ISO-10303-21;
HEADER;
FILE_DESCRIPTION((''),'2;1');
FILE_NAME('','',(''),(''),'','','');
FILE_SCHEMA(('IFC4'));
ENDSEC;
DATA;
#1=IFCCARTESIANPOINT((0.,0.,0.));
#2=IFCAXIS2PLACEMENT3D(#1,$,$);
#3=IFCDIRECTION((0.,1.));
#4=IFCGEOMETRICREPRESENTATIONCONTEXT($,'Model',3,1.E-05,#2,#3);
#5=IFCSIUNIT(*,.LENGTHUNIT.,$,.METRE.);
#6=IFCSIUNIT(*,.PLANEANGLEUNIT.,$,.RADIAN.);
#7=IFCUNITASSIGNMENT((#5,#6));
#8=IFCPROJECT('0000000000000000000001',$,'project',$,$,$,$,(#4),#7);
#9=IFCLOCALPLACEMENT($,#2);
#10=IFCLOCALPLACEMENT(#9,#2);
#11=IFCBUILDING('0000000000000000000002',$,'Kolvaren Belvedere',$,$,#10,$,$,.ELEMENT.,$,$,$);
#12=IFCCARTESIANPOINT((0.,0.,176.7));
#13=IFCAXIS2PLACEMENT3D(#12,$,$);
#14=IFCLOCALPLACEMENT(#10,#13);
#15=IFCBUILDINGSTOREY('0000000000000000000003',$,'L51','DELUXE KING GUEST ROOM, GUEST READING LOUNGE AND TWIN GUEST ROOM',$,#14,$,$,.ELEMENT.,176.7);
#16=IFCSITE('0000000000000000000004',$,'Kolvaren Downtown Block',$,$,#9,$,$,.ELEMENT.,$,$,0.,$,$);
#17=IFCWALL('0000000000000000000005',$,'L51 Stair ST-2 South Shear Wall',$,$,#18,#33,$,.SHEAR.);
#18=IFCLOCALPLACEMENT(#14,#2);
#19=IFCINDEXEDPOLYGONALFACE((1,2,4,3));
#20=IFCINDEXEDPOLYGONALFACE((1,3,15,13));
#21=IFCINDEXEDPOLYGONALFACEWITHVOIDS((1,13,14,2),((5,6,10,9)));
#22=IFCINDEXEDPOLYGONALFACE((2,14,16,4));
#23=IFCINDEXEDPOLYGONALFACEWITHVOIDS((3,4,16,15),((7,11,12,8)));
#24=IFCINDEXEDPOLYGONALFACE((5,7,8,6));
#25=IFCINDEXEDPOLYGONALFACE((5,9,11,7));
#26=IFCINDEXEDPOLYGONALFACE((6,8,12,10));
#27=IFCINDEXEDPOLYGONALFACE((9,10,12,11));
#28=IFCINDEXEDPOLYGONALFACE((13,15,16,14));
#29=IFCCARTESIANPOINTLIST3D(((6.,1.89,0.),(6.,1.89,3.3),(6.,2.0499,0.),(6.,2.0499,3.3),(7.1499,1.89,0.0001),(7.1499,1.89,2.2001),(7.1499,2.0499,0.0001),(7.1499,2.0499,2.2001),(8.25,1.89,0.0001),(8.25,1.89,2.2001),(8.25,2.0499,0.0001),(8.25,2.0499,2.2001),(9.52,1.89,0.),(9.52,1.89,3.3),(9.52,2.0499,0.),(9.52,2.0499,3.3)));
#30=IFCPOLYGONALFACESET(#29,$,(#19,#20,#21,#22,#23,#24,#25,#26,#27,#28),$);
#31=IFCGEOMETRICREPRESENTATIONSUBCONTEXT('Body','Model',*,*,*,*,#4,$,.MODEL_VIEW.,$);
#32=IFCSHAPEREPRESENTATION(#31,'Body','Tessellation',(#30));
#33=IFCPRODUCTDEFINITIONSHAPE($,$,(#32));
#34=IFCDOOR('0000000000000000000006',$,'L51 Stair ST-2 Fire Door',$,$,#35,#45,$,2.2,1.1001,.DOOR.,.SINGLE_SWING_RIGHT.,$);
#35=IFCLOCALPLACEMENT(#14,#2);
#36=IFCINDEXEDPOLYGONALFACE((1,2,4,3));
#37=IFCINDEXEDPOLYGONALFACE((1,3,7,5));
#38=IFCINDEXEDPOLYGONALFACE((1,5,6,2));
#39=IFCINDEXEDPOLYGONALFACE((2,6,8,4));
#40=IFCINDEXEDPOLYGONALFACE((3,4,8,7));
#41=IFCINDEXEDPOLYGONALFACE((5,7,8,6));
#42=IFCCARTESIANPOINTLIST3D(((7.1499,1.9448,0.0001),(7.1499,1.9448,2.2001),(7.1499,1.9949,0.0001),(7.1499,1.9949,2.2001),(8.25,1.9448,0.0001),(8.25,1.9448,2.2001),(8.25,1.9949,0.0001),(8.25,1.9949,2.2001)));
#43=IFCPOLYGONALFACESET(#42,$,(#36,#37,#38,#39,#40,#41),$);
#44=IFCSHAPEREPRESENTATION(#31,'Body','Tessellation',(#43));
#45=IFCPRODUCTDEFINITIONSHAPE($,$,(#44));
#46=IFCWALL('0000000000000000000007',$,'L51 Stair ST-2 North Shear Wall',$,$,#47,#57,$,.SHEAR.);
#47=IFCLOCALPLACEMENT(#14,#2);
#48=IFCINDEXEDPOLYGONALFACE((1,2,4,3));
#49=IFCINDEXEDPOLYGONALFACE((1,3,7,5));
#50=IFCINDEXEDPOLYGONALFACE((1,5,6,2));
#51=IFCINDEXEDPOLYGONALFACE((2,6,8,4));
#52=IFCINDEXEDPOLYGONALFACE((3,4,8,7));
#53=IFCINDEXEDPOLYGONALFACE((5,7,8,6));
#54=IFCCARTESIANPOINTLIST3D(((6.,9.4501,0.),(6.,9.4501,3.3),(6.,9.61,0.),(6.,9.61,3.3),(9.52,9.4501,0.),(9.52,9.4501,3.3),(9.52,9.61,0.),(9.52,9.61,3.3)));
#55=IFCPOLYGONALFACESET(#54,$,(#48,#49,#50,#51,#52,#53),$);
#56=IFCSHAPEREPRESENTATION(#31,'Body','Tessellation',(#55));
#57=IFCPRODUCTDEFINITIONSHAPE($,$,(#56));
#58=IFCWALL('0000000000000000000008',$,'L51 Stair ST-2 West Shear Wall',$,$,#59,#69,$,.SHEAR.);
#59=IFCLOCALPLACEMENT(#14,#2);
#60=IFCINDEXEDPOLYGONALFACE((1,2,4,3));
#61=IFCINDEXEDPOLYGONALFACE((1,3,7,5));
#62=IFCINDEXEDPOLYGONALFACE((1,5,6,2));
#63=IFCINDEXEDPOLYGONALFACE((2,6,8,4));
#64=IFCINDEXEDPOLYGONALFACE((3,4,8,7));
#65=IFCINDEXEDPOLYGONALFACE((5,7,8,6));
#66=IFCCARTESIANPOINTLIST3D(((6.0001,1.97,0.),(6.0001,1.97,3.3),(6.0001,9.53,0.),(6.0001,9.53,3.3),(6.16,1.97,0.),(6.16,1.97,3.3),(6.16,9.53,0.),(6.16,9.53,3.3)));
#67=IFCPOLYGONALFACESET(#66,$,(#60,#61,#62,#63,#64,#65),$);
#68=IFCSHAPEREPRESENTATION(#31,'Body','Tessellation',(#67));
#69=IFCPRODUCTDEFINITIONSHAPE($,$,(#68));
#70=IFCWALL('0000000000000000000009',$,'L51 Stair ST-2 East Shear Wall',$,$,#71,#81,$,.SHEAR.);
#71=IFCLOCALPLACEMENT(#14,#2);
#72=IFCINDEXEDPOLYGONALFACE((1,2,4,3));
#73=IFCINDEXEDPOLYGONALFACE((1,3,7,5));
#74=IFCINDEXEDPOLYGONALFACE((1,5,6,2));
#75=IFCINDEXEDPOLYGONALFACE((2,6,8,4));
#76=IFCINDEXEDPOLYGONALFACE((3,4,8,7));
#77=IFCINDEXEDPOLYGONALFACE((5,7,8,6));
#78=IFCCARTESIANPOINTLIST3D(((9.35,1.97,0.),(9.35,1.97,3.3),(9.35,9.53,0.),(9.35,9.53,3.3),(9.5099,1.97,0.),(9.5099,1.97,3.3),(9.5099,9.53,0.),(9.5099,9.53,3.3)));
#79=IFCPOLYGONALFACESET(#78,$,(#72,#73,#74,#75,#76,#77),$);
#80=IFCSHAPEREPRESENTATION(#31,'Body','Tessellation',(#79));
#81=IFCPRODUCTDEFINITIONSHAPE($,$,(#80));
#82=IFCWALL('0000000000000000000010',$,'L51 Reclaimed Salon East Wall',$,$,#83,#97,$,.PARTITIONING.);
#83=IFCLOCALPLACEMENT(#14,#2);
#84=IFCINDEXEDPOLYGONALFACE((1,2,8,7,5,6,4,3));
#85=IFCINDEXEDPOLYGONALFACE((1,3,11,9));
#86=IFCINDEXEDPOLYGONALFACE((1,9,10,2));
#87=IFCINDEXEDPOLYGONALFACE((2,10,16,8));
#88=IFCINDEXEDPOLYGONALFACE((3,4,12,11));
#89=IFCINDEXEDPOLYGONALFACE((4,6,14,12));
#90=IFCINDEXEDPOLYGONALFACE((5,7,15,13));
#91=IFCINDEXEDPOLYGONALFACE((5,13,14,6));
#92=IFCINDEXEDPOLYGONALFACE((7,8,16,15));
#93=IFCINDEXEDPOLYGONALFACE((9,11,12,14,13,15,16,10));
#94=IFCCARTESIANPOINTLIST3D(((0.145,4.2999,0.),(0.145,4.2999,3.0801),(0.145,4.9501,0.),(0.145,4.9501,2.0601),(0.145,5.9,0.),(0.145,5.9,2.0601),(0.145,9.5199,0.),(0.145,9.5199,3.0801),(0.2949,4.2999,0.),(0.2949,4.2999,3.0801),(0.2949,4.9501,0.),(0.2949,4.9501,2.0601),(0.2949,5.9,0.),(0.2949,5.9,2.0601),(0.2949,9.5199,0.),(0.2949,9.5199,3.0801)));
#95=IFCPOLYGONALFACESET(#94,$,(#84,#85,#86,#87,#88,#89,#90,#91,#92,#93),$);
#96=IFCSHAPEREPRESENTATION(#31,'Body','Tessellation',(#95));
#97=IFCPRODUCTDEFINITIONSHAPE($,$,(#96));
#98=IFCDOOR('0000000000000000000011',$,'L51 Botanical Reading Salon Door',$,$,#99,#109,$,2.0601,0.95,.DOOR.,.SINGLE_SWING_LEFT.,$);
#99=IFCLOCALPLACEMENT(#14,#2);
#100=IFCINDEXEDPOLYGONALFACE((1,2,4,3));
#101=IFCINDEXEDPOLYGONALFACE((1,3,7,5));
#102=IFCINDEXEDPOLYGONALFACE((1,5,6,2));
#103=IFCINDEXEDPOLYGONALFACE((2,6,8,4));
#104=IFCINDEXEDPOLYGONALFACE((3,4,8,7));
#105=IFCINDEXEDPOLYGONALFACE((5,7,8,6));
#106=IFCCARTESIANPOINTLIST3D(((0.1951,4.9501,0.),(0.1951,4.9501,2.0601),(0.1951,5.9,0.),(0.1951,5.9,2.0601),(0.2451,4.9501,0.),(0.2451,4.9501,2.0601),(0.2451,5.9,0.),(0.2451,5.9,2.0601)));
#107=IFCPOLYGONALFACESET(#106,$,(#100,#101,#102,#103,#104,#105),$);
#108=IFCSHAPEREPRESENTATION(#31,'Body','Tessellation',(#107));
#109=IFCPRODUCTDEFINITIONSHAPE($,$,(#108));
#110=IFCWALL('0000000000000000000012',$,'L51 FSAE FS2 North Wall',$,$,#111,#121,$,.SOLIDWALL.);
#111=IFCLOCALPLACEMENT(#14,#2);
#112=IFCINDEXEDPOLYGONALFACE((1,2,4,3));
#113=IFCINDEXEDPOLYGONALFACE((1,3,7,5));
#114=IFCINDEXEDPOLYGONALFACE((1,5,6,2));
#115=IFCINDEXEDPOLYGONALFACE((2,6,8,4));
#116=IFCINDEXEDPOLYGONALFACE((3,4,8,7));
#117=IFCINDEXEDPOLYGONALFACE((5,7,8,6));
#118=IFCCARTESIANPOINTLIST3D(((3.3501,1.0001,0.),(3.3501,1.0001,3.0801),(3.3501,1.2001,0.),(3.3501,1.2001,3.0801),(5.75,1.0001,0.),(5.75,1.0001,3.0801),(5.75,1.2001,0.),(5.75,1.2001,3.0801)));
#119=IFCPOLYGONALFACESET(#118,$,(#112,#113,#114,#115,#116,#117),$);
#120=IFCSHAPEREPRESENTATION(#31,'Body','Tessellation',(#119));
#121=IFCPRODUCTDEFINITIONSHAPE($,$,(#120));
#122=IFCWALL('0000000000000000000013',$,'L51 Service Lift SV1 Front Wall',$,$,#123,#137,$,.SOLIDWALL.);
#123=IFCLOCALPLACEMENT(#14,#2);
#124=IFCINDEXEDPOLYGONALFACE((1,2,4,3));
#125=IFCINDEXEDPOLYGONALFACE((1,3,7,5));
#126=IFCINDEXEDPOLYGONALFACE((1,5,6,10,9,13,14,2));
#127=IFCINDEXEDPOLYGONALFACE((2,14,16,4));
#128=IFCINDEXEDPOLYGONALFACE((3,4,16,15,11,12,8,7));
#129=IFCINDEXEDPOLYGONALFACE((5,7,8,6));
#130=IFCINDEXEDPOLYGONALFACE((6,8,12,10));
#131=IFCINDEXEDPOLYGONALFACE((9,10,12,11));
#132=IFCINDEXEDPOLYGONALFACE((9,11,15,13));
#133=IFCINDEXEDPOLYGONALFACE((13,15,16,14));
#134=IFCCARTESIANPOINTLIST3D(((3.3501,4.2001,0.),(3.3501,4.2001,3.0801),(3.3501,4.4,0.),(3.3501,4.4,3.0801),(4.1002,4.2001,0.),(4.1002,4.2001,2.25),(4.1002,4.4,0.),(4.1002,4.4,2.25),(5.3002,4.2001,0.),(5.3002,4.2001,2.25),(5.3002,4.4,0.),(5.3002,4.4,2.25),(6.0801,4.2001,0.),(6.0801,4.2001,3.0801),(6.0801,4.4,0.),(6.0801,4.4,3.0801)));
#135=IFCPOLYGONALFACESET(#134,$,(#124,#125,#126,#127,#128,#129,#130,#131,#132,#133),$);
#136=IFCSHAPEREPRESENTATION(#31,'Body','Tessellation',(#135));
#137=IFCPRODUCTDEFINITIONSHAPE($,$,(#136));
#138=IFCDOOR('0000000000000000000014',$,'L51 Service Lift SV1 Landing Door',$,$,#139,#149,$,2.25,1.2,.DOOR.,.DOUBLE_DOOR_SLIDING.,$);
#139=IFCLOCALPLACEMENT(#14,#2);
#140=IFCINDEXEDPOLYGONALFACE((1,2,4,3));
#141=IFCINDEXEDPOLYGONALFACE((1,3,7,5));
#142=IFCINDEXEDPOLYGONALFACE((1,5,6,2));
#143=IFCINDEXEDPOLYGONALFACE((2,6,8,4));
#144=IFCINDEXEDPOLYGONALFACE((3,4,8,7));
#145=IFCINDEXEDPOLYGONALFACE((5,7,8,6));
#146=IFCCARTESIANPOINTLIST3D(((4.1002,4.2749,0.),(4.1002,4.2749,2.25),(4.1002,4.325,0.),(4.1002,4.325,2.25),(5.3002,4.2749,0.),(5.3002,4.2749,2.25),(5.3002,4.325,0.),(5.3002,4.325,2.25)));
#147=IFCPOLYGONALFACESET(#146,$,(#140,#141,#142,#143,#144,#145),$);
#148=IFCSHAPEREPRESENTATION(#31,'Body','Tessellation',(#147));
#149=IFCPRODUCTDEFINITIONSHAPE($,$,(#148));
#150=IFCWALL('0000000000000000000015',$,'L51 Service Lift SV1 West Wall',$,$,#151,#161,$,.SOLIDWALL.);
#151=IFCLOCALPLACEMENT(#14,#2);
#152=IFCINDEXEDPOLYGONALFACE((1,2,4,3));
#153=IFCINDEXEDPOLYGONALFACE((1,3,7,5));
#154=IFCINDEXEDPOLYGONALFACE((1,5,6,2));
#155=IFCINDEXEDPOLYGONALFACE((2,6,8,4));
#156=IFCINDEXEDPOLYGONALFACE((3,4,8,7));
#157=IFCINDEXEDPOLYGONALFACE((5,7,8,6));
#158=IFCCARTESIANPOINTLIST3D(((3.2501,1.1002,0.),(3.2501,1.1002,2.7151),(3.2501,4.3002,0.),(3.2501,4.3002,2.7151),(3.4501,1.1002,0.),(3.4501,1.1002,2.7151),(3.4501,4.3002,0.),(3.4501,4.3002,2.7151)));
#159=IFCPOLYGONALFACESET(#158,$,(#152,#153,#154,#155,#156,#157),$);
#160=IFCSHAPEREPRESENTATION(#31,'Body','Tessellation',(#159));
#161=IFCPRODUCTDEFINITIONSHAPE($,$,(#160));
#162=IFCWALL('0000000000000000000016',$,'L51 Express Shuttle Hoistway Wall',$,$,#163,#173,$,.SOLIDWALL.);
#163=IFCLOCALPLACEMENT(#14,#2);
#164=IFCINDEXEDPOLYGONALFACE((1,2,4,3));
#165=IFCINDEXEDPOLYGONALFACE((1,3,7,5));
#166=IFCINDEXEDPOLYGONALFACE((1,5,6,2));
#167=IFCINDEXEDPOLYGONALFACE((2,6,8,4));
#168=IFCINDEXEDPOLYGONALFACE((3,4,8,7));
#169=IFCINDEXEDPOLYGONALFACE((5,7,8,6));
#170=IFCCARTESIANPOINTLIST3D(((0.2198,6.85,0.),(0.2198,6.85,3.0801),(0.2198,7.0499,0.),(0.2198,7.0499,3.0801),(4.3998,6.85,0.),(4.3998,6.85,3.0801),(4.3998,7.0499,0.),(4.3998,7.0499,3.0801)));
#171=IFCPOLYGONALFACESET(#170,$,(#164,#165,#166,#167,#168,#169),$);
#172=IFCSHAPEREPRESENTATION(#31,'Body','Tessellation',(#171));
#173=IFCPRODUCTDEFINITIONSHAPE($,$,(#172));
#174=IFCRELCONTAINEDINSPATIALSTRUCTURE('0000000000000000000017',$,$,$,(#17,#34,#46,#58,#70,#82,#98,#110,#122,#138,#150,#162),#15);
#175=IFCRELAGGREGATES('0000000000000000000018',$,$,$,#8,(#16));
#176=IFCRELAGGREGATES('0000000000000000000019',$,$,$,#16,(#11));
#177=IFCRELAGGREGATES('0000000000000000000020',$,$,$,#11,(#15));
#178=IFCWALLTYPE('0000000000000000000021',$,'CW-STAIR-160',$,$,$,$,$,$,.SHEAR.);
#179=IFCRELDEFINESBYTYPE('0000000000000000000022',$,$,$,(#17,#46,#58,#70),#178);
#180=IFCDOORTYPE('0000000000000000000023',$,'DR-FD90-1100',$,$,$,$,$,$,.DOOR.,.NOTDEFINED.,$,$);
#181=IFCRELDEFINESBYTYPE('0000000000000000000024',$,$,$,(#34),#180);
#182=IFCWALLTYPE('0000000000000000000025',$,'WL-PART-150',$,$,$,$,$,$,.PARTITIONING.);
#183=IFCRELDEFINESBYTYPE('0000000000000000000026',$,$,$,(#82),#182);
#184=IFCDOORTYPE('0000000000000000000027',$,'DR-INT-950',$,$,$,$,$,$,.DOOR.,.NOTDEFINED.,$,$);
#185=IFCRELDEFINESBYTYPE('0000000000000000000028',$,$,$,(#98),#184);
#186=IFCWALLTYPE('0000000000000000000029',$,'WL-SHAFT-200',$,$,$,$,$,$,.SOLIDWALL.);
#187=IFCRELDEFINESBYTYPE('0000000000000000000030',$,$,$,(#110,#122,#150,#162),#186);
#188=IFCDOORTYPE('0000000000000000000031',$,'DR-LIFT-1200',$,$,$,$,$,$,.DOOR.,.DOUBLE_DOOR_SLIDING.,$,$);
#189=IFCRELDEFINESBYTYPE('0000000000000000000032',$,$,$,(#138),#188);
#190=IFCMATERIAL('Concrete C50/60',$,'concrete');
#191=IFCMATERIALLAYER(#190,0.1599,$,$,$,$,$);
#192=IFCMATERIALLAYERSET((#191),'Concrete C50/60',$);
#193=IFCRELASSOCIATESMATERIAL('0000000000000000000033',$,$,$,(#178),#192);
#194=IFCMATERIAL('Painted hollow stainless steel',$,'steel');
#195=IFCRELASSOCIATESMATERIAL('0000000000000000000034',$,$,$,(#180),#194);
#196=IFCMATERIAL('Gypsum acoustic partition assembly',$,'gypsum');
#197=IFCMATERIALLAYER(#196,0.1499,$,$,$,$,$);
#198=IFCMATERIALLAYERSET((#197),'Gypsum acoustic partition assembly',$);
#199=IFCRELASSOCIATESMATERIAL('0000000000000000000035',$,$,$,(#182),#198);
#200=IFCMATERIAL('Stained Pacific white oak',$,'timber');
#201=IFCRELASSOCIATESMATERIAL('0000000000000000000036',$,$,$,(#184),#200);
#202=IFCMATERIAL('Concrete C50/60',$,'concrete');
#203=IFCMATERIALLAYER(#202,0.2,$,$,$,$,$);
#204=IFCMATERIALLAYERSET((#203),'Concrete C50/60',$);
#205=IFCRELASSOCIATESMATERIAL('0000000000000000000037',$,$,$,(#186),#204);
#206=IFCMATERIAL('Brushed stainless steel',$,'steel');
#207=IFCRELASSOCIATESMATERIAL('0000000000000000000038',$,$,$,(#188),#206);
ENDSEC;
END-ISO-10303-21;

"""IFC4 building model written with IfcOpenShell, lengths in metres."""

from ifc_helpers import new_model, si_unit, direction, frame, frame_2d, origin, place, context, subcontext, project, spatial, rectangle, extrude, material, layer, layer_set, type_object, element, fill, save


model = new_model("IFC4")

# Units and contexts
model_context = context("Model", 3, precision=1e-05, world=origin(), true_north=direction((0.0, 1.0)))
body_context = subcontext(model_context, "Body", "Model", "MODEL_VIEW")
ifc_project = project(units=[si_unit("LENGTHUNIT", "METRE"), si_unit("PLANEANGLEUNIT", "RADIAN")], contexts=[model_context])

# Site, building, storey
site_placement = place(None, origin())
site = spatial("IfcSite", under=ifc_project, at=site_placement, Name="Kolvaren Downtown Block", CompositionType="ELEMENT", RefElevation=0.0)
building_placement = place(site_placement, origin())
building = spatial("IfcBuilding", under=site, at=building_placement, Name="Kolvaren Belvedere", CompositionType="ELEMENT")
storey_placement = place(building_placement, frame((0.0, 0.0, 176.7)))
storey = spatial("IfcBuildingStorey", under=building, at=storey_placement, Name="L51", Description="DELUXE KING GUEST ROOM, GUEST READING LOUNGE AND TWIN GUEST ROOM", CompositionType="ELEMENT", Elevation=176.7)

# Wall, opening, door
ifc_material_1 = material(Name="Concrete C50/60", Category="concrete")
ifc_layer_1 = layer(ifc_material_1, 0.1599)
ifc_layer_set_1 = layer_set([ifc_layer_1], Name="Concrete C50/60")
wall_type_1 = type_object("IfcWallType", Name="CW-STAIR-160", PredefinedType="SHEAR", material=ifc_layer_set_1)
wall_1_placement = place(storey_placement, frame((6.0, 1.97, 0.0), z_axis=(0.0, 0.0, 1.0), x_axis=(1.0, 0.0, 0.0)))
wall_1 = element("IfcWall", 1, at=wall_1_placement, inside=storey, type_object=wall_type_1, Name="L51 Stair ST-2 South Shear Wall", PredefinedType="SHEAR", context=body_context, shape_type="SweptSolid", body=[
    extrude(rectangle(XDim=3.52, YDim=0.1599, at=frame_2d((1.76, 0.0))), origin(), (0.0, 0.0, 1.0), 3.3),
])
opening_1_placement = place(wall_1_placement, frame((1.1499, 0.0, 0.0)))
opening_1 = element("IfcOpeningElement", 2, at=opening_1_placement, cuts=wall_1, PredefinedType="OPENING", context=body_context, shape_type="SweptSolid", body=[
    extrude(rectangle(XDim=1.1001, YDim=2.2, at=frame_2d((0.55, 1.1001))), frame((0.0, 0.0898, 0.0), z_axis=(0.0, -1.0, 0.0), x_axis=(1.0, 0.0, 0.0)), (0.0, 0.0, 1.0), 0.1799),
])
ifc_material_2 = material(Name="Painted hollow stainless steel", Category="steel")
door_type_1 = type_object("IfcDoorType", Name="DR-FD90-1100", OperationType="NOTDEFINED", PredefinedType="DOOR", material=ifc_material_2)
door_1_placement = place(opening_1_placement, origin())
door_1 = element("IfcDoor", 3, at=door_1_placement, inside=storey, type_object=door_type_1, Name="L51 Stair ST-2 Fire Door", OperationType="SINGLE_SWING_RIGHT", OverallHeight=2.2, OverallWidth=1.1001, PredefinedType="DOOR", context=body_context, shape_type="SweptSolid", body=[
    extrude(rectangle(XDim=1.1001, YDim=2.2, at=frame_2d((0.55, 1.1001))), frame((0.0, 0.0249, 0.0), z_axis=(0.0, -1.0, 0.0), x_axis=(1.0, 0.0, 0.0)), (0.0, 0.0, 1.0), 0.05),
])
fill(opening_1, door_1)

# Walls
wall_2_placement = place(storey_placement, frame((6.0, 9.53, 0.0), z_axis=(0.0, 0.0, 1.0), x_axis=(1.0, 0.0, 0.0)))
element("IfcWall", 4, at=wall_2_placement, inside=storey, type_object=wall_type_1, Name="L51 Stair ST-2 North Shear Wall", PredefinedType="SHEAR", context=body_context, shape_type="SweptSolid", body=[
    extrude(rectangle(XDim=3.52, YDim=0.1599, at=frame_2d((1.76, 0.0))), origin(), (0.0, 0.0, 1.0), 3.3),
])
for number, where, z_axis, x_axis, name in (
    (5, (6.0801, 1.97, 0.0), (0.0, 0.0, 1.0), (0.0, 1.0, 0.0), "L51 Stair ST-2 West Shear Wall"),
    (6, (9.4299, 1.97, 0.0), (0.0, 0.0, 1.0), (0.0, 1.0, 0.0), "L51 Stair ST-2 East Shear Wall"),
):
    element("IfcWall", number, at=place(storey_placement, frame(where, z_axis=z_axis, x_axis=x_axis)), inside=storey, type_object=wall_type_1, Name=name, PredefinedType="SHEAR", context=body_context, shape_type="SweptSolid", body=[
        extrude(rectangle(XDim=7.5601, YDim=0.1599, at=frame_2d((3.78, 0.0))), origin(), (0.0, 0.0, 1.0), 3.3),
    ])

# Wall, opening, door
ifc_material_3 = material(Name="Gypsum acoustic partition assembly", Category="gypsum")
ifc_layer_2 = layer(ifc_material_3, 0.1499)
ifc_layer_set_2 = layer_set([ifc_layer_2], Name="Gypsum acoustic partition assembly")
wall_type_2 = type_object("IfcWallType", Name="WL-PART-150", PredefinedType="PARTITIONING", material=ifc_layer_set_2)
wall_3_placement = place(storey_placement, frame((0.22, 4.3, 0.0), z_axis=(0.0, 0.0, 1.0), x_axis=(0.0, 1.0, 0.0)))
wall_3 = element("IfcWall", 7, at=wall_3_placement, inside=storey, type_object=wall_type_2, Name="L51 Reclaimed Salon East Wall", PredefinedType="PARTITIONING", context=body_context, shape_type="SweptSolid", body=[
    extrude(rectangle(XDim=5.22, YDim=0.1499, at=frame_2d((2.6099, 0.0))), origin(), (0.0, 0.0, 1.0), 3.0801),
])
opening_2_placement = place(wall_3_placement, frame((0.6499, 0.0, 0.0)))
opening_2 = element("IfcOpeningElement", 8, at=opening_2_placement, cuts=wall_3, PredefinedType="OPENING", context=body_context, shape_type="SweptSolid", body=[
    extrude(rectangle(XDim=0.95, YDim=2.0601, at=frame_2d((0.4751, 1.03))), frame((0.0, 0.085, 0.0), z_axis=(0.0, -1.0, 0.0), x_axis=(1.0, 0.0, 0.0)), (0.0, 0.0, 1.0), 0.1699),
])
ifc_material_4 = material(Name="Stained Pacific white oak", Category="timber")
door_type_2 = type_object("IfcDoorType", Name="DR-INT-950", OperationType="NOTDEFINED", PredefinedType="DOOR", material=ifc_material_4)
door_2_placement = place(opening_2_placement, origin())
door_2 = element("IfcDoor", 9, at=door_2_placement, inside=storey, type_object=door_type_2, Name="L51 Botanical Reading Salon Door", OperationType="SINGLE_SWING_LEFT", OverallHeight=2.0601, OverallWidth=0.95, PredefinedType="DOOR", context=body_context, shape_type="SweptSolid", body=[
    extrude(rectangle(XDim=0.95, YDim=2.0601, at=frame_2d((0.4751, 1.03))), frame((0.0, 0.0249, 0.0), z_axis=(0.0, -1.0, 0.0), x_axis=(1.0, 0.0, 0.0)), (0.0, 0.0, 1.0), 0.05),
])
fill(opening_2, door_2)

# Wall
ifc_material_5 = material(Name="Concrete C50/60", Category="concrete")
ifc_layer_3 = layer(ifc_material_5, 0.2)
ifc_layer_set_3 = layer_set([ifc_layer_3], Name="Concrete C50/60")
wall_type_3 = type_object("IfcWallType", Name="WL-SHAFT-200", PredefinedType="SOLIDWALL", material=ifc_layer_set_3)
wall_4_placement = place(storey_placement, frame((3.3501, 1.1001, 0.0), z_axis=(0.0, 0.0, 1.0), x_axis=(1.0, 0.0, 0.0)))
element("IfcWall", 10, at=wall_4_placement, inside=storey, type_object=wall_type_3, Name="L51 FSAE FS2 North Wall", PredefinedType="SOLIDWALL", context=body_context, shape_type="SweptSolid", body=[
    extrude(rectangle(XDim=2.3999, YDim=0.2, at=frame_2d((1.2, 0.0))), origin(), (0.0, 0.0, 1.0), 3.0801),
])

# Wall, opening, door
wall_5_placement = place(storey_placement, frame((3.3501, 4.3, 0.0), z_axis=(0.0, 0.0, 1.0), x_axis=(1.0, 0.0, 0.0)))
wall_5 = element("IfcWall", 11, at=wall_5_placement, inside=storey, type_object=wall_type_3, Name="L51 Service Lift SV1 Front Wall", PredefinedType="SOLIDWALL", context=body_context, shape_type="SweptSolid", body=[
    extrude(rectangle(XDim=2.73, YDim=0.2, at=frame_2d((1.365, 0.0))), origin(), (0.0, 0.0, 1.0), 3.0801),
])
opening_3_placement = place(wall_5_placement, frame((0.75, 0.0, 0.0)))
opening_3 = element("IfcOpeningElement", 12, at=opening_3_placement, cuts=wall_5, PredefinedType="OPENING", context=body_context, shape_type="SweptSolid", body=[
    extrude(rectangle(XDim=1.2, YDim=2.25, at=frame_2d((0.6001, 1.125))), frame((0.0, 0.1099, 0.0), z_axis=(0.0, -1.0, 0.0), x_axis=(1.0, 0.0, 0.0)), (0.0, 0.0, 1.0), 0.22),
])
ifc_material_6 = material(Name="Brushed stainless steel", Category="steel")
door_type_3 = type_object("IfcDoorType", Name="DR-LIFT-1200", OperationType="DOUBLE_DOOR_SLIDING", PredefinedType="DOOR", material=ifc_material_6)
door_3_placement = place(opening_3_placement, origin())
door_3 = element("IfcDoor", 13, at=door_3_placement, inside=storey, type_object=door_type_3, Name="L51 Service Lift SV1 Landing Door", OperationType="DOUBLE_DOOR_SLIDING", OverallHeight=2.25, OverallWidth=1.2, PredefinedType="DOOR", context=body_context, shape_type="SweptSolid", body=[
    extrude(rectangle(XDim=1.2, YDim=2.25, at=frame_2d((0.6001, 1.125))), frame((0.0, 0.0249, 0.0), z_axis=(0.0, -1.0, 0.0), x_axis=(1.0, 0.0, 0.0)), (0.0, 0.0, 1.0), 0.05),
])
fill(opening_3, door_3)

# Walls
wall_6_placement = place(storey_placement, frame((3.3501, 1.1001, 0.0), z_axis=(0.0, 0.0, 1.0), x_axis=(0.0, 1.0, 0.0)))
element("IfcWall", 14, at=wall_6_placement, inside=storey, type_object=wall_type_3, Name="L51 Service Lift SV1 West Wall", PredefinedType="SOLIDWALL", context=body_context, shape_type="SweptSolid", body=[
    extrude(rectangle(XDim=3.2, YDim=0.2, at=frame_2d((1.6001, 0.0))), origin(), (0.0, 0.0, 1.0), 2.7151),
])
wall_7_placement = place(storey_placement, frame((0.22, 6.95, 0.0), z_axis=(0.0, 0.0, 1.0), x_axis=(1.0, 0.0, 0.0)))
element("IfcWall", 15, at=wall_7_placement, inside=storey, type_object=wall_type_3, Name="L51 Express Shuttle Hoistway Wall", PredefinedType="SOLIDWALL", context=body_context, shape_type="SweptSolid", body=[
    extrude(rectangle(XDim=4.1799, YDim=0.2, at=frame_2d((2.0898, 0.0))), origin(), (0.0, 0.0, 1.0), 3.0801),
])

save(model, "model.ifc")
